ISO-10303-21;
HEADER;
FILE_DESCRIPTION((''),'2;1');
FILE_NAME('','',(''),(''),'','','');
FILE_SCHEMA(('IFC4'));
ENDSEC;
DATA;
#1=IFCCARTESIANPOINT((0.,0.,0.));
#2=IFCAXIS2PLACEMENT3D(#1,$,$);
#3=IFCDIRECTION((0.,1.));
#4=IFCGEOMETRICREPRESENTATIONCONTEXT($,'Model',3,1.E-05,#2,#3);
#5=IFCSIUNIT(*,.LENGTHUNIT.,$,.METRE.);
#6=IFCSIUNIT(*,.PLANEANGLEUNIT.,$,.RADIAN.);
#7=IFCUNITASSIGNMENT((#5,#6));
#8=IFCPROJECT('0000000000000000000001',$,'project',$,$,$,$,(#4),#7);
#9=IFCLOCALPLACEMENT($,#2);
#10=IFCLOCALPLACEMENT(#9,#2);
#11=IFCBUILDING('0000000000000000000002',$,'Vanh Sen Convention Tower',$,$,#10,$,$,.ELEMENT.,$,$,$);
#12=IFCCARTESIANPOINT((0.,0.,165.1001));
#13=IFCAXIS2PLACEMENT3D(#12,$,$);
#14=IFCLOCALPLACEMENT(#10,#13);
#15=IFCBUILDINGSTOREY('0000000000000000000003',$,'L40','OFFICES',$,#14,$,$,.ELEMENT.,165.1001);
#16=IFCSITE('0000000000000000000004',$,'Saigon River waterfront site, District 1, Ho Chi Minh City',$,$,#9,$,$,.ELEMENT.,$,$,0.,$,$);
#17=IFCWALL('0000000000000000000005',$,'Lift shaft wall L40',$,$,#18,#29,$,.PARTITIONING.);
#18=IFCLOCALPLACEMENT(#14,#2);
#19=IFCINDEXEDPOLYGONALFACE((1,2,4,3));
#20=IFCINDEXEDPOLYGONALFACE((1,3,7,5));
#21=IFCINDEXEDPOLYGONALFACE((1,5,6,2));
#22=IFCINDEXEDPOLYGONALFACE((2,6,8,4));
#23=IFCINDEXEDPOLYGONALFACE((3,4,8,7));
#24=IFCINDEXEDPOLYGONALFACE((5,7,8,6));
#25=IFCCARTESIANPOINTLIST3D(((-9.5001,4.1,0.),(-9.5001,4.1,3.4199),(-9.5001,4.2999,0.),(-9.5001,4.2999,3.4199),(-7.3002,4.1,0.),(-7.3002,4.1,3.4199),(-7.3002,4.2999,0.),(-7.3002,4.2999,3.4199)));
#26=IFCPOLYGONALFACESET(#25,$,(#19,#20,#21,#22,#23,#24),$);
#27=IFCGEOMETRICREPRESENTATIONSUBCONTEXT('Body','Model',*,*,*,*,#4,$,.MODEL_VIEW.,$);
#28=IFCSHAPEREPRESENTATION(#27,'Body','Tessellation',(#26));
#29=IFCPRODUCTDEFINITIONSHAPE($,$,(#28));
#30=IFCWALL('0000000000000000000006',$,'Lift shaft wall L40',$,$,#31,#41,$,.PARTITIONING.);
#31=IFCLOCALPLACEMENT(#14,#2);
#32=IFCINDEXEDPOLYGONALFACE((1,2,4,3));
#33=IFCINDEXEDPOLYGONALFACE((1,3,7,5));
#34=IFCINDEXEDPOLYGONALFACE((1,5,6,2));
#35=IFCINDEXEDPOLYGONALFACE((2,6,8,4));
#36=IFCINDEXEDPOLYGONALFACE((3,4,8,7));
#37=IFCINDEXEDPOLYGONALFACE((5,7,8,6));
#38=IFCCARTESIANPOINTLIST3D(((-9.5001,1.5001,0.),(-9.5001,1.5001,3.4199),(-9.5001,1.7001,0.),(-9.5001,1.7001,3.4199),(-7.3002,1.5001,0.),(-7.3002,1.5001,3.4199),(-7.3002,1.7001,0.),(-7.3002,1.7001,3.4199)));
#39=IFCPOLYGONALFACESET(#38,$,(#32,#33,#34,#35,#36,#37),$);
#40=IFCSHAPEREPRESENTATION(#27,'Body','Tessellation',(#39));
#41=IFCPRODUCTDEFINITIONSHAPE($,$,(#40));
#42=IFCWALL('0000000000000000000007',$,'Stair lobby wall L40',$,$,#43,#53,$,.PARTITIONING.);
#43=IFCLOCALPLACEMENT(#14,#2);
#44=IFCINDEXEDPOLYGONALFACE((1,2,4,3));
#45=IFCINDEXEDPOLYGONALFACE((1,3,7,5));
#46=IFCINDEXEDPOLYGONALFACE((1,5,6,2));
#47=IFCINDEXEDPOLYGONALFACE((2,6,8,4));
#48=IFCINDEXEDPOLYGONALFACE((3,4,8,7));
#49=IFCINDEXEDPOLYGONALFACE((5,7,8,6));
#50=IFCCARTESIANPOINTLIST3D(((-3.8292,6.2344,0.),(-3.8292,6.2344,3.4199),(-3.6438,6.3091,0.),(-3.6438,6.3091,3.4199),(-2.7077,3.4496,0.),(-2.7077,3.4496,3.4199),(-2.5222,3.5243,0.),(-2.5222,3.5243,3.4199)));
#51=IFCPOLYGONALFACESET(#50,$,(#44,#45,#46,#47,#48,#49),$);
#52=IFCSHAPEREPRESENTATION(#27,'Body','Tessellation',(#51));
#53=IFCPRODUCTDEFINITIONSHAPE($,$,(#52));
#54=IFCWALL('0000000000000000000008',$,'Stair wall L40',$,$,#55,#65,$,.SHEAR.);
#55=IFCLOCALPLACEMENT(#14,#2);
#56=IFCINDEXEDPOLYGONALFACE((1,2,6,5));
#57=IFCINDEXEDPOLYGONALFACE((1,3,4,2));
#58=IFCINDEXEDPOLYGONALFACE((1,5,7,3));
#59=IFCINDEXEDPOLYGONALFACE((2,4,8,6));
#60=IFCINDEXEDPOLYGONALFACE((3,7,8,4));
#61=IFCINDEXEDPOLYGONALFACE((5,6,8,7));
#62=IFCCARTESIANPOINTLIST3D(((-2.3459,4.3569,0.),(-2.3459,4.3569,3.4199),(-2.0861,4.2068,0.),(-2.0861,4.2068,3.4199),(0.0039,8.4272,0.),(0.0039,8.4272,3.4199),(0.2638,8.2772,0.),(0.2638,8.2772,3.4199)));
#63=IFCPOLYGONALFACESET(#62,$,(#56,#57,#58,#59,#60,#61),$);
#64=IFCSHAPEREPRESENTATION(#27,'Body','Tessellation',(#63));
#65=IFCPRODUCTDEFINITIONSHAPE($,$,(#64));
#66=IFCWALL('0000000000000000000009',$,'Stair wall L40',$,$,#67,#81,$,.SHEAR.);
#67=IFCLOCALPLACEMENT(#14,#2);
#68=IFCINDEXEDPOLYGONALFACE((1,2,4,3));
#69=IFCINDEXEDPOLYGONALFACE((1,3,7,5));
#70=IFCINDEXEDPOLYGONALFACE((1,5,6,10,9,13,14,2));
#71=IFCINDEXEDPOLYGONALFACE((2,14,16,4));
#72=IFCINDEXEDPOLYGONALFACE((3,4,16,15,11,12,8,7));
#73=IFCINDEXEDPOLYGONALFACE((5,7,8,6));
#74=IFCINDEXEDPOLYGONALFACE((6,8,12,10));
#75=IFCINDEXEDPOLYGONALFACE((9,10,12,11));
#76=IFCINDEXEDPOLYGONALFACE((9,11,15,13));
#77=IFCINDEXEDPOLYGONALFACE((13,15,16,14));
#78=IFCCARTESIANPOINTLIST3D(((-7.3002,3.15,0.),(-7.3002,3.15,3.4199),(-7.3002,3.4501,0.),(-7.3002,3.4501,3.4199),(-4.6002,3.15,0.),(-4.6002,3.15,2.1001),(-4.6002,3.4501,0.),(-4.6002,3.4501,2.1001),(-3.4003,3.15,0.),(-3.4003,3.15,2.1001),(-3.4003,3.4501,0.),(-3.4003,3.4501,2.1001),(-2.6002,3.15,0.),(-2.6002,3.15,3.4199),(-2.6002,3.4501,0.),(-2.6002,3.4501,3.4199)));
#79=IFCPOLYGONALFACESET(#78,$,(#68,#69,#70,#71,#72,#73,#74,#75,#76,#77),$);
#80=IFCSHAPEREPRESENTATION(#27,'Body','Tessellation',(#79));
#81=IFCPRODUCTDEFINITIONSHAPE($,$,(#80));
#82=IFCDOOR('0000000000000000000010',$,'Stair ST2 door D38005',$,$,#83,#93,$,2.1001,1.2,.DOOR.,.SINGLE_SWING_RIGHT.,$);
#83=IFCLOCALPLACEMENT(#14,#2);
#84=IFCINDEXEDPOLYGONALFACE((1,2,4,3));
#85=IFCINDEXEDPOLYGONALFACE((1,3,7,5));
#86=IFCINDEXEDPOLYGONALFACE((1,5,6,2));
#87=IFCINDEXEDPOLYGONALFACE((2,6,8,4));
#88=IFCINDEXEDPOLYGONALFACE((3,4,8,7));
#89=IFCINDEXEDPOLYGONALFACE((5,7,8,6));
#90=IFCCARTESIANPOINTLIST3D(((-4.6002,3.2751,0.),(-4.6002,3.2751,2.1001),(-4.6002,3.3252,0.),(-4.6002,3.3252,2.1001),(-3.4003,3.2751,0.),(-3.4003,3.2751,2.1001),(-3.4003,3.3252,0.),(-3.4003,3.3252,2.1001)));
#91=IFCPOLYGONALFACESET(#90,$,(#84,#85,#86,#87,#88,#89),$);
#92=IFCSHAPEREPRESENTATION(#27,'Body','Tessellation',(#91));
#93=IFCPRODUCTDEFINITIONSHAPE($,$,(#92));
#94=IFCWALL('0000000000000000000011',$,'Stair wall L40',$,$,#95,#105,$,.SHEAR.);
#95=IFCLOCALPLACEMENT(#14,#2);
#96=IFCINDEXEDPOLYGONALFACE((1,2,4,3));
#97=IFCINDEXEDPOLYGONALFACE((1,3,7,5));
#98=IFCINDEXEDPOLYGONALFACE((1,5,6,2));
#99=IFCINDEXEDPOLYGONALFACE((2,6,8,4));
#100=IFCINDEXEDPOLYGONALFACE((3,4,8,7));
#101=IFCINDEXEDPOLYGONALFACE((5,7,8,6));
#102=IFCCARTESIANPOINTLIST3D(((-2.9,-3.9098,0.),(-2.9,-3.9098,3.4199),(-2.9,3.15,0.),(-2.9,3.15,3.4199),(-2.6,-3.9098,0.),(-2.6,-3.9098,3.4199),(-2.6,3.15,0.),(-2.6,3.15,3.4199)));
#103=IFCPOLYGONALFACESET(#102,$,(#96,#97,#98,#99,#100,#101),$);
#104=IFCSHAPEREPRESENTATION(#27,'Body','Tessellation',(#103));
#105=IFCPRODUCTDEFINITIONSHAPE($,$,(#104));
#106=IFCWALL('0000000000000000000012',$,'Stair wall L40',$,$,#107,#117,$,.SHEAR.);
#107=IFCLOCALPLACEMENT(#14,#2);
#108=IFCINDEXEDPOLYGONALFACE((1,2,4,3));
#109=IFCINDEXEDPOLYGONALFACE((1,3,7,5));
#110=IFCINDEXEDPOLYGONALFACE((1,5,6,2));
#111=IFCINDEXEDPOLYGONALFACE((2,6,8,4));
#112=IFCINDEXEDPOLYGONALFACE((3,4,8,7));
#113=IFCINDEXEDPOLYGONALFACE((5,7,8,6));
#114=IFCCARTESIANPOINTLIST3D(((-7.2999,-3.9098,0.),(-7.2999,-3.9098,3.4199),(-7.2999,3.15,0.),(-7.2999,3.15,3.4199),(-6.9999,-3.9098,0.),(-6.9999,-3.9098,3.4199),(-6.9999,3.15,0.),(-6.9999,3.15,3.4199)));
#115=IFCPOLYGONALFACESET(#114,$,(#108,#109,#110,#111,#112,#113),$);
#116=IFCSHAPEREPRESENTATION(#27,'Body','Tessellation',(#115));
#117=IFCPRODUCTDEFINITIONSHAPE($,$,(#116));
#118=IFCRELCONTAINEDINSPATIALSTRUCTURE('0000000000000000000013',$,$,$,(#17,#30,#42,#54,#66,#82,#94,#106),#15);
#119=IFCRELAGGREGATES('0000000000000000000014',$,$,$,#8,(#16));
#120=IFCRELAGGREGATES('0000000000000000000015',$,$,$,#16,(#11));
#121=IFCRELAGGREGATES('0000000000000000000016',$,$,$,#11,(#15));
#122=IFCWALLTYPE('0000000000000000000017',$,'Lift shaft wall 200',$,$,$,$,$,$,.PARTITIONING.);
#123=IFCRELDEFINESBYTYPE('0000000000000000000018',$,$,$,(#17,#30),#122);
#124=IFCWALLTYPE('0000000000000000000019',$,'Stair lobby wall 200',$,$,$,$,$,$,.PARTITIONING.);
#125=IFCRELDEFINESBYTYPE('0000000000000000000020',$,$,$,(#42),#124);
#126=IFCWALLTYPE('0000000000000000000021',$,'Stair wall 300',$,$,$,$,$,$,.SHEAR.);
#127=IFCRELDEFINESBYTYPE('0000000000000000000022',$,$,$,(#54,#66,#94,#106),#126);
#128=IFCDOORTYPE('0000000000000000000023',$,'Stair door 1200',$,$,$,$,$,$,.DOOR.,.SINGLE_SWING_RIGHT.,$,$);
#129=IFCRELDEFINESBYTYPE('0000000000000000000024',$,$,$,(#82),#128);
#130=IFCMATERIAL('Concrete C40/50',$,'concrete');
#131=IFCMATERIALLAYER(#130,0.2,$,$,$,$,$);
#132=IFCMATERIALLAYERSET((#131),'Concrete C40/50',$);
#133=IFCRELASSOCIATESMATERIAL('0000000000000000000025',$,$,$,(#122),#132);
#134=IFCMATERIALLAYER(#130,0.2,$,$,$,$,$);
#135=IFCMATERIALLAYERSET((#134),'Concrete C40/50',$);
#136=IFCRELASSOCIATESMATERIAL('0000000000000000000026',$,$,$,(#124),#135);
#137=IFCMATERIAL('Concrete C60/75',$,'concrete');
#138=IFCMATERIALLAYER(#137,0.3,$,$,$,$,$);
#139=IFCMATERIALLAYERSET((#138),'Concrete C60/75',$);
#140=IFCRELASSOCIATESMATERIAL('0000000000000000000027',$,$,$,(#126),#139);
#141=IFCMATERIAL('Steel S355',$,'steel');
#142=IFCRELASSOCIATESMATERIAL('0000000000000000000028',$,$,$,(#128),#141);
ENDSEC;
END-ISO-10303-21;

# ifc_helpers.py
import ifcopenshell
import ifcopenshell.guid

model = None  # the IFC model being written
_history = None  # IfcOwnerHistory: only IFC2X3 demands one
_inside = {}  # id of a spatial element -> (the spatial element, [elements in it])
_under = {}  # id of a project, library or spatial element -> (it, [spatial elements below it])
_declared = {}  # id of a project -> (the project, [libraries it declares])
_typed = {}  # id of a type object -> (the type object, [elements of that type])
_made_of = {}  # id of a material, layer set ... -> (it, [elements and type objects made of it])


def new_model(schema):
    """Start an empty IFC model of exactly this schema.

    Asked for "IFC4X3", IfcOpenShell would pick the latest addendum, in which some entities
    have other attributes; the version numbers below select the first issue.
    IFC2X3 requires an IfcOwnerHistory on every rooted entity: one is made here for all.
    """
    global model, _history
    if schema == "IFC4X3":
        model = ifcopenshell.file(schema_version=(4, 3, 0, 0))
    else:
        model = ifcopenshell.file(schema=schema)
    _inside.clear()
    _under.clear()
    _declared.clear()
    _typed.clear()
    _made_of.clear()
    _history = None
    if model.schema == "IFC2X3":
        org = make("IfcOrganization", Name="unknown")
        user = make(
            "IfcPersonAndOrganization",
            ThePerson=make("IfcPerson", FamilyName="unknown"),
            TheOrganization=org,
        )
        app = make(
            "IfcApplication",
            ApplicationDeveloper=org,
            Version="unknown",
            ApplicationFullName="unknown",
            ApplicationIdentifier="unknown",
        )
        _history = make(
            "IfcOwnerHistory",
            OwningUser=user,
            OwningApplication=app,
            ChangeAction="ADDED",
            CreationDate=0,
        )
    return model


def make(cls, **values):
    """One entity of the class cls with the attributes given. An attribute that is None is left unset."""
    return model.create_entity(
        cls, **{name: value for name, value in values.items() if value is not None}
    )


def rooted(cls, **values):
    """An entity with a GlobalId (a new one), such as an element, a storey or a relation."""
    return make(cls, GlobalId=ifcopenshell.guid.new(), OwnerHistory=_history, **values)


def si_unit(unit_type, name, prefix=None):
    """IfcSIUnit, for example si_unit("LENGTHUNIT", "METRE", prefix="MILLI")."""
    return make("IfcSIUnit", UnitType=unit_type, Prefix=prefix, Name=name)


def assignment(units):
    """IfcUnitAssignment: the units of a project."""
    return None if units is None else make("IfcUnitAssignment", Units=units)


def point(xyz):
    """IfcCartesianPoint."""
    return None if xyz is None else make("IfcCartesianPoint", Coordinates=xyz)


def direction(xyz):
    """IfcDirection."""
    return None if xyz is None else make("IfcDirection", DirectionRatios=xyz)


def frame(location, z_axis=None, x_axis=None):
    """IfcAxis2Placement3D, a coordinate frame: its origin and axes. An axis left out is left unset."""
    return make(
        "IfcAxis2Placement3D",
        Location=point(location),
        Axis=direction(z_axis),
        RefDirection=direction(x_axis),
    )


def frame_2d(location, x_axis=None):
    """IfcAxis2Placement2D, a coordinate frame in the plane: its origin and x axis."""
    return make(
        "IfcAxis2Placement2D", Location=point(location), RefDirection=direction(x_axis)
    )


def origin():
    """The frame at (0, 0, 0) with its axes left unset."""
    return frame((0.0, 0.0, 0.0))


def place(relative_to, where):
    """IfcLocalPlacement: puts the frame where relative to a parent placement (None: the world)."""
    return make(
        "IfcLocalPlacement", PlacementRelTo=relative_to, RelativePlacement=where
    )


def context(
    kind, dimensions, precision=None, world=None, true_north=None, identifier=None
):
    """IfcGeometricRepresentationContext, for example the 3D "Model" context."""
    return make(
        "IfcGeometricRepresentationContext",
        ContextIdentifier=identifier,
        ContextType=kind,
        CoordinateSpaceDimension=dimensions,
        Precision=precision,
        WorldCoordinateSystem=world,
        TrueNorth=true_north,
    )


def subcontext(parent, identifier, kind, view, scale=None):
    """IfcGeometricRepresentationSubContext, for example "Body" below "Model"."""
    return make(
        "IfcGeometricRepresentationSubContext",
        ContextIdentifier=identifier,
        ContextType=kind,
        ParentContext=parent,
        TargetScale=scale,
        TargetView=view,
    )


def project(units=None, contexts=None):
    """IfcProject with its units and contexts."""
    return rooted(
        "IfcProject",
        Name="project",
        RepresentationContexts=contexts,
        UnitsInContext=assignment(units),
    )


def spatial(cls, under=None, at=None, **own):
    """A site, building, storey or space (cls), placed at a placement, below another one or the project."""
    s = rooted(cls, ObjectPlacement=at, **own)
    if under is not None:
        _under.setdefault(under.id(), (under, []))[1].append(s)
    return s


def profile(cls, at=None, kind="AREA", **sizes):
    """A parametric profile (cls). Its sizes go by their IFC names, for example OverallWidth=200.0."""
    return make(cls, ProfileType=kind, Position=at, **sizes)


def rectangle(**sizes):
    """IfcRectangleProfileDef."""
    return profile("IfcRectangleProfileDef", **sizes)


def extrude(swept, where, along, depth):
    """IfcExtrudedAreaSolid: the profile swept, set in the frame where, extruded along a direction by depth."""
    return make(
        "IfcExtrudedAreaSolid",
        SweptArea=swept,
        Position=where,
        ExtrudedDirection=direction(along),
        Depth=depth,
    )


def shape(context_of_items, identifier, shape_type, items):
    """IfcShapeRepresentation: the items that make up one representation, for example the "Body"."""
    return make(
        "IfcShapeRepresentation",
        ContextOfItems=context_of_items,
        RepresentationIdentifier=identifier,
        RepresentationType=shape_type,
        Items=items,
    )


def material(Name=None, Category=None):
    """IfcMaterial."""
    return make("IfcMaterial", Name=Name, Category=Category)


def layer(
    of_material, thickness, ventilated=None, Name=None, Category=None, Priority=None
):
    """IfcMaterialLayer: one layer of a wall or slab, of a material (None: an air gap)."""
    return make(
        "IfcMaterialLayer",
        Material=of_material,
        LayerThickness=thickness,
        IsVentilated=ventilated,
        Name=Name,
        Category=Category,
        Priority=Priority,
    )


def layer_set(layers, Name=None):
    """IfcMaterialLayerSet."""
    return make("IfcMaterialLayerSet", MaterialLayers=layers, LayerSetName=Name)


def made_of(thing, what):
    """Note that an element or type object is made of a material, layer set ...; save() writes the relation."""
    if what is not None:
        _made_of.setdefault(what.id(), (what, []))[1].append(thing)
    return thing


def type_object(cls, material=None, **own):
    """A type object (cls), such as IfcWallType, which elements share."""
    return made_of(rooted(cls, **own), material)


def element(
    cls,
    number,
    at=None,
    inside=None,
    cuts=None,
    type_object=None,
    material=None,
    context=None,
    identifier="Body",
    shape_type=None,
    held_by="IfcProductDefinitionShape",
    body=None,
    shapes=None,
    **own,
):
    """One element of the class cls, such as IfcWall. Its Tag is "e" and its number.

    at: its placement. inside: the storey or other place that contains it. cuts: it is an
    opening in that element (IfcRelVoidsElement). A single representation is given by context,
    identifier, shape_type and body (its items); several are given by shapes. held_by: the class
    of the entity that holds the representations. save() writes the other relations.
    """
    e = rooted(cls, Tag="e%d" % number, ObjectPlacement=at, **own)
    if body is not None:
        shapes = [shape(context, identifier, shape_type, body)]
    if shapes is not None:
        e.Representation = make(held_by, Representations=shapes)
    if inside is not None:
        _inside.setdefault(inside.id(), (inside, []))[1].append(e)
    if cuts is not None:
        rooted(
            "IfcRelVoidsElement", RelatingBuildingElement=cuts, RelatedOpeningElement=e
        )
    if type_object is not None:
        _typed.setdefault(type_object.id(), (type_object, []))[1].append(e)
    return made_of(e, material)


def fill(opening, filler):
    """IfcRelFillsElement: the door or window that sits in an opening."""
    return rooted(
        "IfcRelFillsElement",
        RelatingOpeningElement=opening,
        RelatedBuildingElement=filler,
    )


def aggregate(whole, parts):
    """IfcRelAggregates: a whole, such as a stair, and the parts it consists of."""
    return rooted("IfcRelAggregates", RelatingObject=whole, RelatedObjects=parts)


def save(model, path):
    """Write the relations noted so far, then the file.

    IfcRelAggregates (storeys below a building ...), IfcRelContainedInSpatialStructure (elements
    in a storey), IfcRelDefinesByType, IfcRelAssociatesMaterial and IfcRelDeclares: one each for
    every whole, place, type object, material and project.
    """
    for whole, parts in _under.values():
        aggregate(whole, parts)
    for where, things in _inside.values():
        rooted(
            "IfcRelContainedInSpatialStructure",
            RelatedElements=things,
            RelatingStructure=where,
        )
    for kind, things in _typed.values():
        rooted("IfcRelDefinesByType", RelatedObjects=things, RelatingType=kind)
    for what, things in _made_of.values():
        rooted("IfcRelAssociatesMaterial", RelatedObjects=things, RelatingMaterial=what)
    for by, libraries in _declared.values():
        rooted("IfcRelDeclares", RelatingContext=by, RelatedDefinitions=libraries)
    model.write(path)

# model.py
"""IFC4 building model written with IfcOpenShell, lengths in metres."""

from ifc_helpers import new_model, si_unit, direction, frame, frame_2d, origin, place, context, subcontext, project, spatial, rectangle, extrude, material, layer, layer_set, type_object, element, fill, save


model = new_model("IFC4")

# Units and contexts
model_context = context("Model", 3, precision=1e-05, world=origin(), true_north=direction((0.0, 1.0)))
body_context = subcontext(model_context, "Body", "Model", "MODEL_VIEW")
ifc_project = project(units=[si_unit("LENGTHUNIT", "METRE"), si_unit("PLANEANGLEUNIT", "RADIAN")], contexts=[model_context])

# Site, building, storey
site_placement = place(None, origin())
site = spatial("IfcSite", under=ifc_project, at=site_placement, Name="Saigon River waterfront site, District 1, Ho Chi Minh City", CompositionType="ELEMENT", RefElevation=0.0)
building_placement = place(site_placement, origin())
building = spatial("IfcBuilding", under=site, at=building_placement, Name="Vanh Sen Convention Tower", CompositionType="ELEMENT")
storey_placement = place(building_placement, frame((0.0, 0.0, 165.1001)))
storey = spatial("IfcBuildingStorey", under=building, at=storey_placement, Name="L40", Description="OFFICES", CompositionType="ELEMENT", Elevation=165.1001)

# Shared definitions
ifc_material_1 = material(Name="Concrete C60/75", Category="concrete")

# Walls
ifc_material_2 = material(Name="Concrete C40/50", Category="concrete")
ifc_layer_1 = layer(ifc_material_2, 0.2)
ifc_layer_set_1 = layer_set([ifc_layer_1], Name="Concrete C40/50")
wall_type_1 = type_object("IfcWallType", Name="Lift shaft wall 200", PredefinedType="PARTITIONING", material=ifc_layer_set_1)
for number, where, z_axis, x_axis, name in (
    (1, (-7.3, 4.2, 0.0), (0.0, 0.0, 1.0), (-1.0, 0.0, 0.0), "Lift shaft wall L40"),
    (2, (-7.3, 1.6001, 0.0), (0.0, 0.0, 1.0), (-1.0, 0.0, 0.0), "Lift shaft wall L40"),
):
    element("IfcWall", number, at=place(storey_placement, frame(where, z_axis=z_axis, x_axis=x_axis)), inside=storey, type_object=wall_type_1, Name=name, PredefinedType="PARTITIONING", context=body_context, shape_type="SweptSolid", body=[
        extrude(rectangle(XDim=2.2, YDim=0.2, at=frame_2d((1.1001, 0.0))), origin(), (0.0, 0.0, 1.0), 3.4199),
    ])
ifc_layer_2 = layer(ifc_material_2, 0.2)
ifc_layer_set_2 = layer_set([ifc_layer_2], Name="Concrete C40/50")
wall_type_2 = type_object("IfcWallType", Name="Stair lobby wall 200", PredefinedType="PARTITIONING", material=ifc_layer_set_2)
wall_1_placement = place(storey_placement, frame((-2.615, 3.4871, 0.0), z_axis=(0.0, 0.0, 1.0), x_axis=(-0.373577, 0.927599, 0.0)))
element("IfcWall", 3, at=wall_1_placement, inside=storey, type_object=wall_type_2, Name="Stair lobby wall L40", PredefinedType="PARTITIONING", context=body_context, shape_type="SweptSolid", body=[
    extrude(rectangle(XDim=3.0022, YDim=0.2, at=frame_2d((1.501, 0.0))), origin(), (0.0, 0.0, 1.0), 3.4199),
])
ifc_layer_3 = layer(ifc_material_1, 0.3)
ifc_layer_set_3 = layer_set([ifc_layer_3], Name="Concrete C60/75")
wall_type_3 = type_object("IfcWallType", Name="Stair wall 300", PredefinedType="SHEAR", material=ifc_layer_set_3)
wall_2_placement = place(storey_placement, frame((-2.2161, 4.2817, 0.0), z_axis=(0.0, 0.0, 1.0), x_axis=(0.499977, 0.866039, 0.0)))
element("IfcWall", 4, at=wall_2_placement, inside=storey, type_object=wall_type_3, Name="Stair wall L40", PredefinedType="SHEAR", context=body_context, shape_type="SweptSolid", body=[
    extrude(rectangle(XDim=4.7, YDim=0.3, at=frame_2d((2.3501, 0.0))), origin(), (0.0, 0.0, 1.0), 3.4199),
])

# Wall, opening, door
wall_3_placement = place(storey_placement, frame((-2.6001, 3.3, 0.0), z_axis=(0.0, 0.0, 1.0), x_axis=(-1.0, 0.0, 0.0)))
wall_3 = element("IfcWall", 5, at=wall_3_placement, inside=storey, type_object=wall_type_3, Name="Stair wall L40", PredefinedType="SHEAR", context=body_context, shape_type="SweptSolid", body=[
    extrude(rectangle(XDim=4.7, YDim=0.3, at=frame_2d((2.3501, 0.0))), origin(), (0.0, 0.0, 1.0), 3.4199),
])
opening_1_placement = place(wall_3_placement, frame((0.8, 0.0, 0.0)))
opening_1 = element("IfcOpeningElement", 6, at=opening_1_placement, cuts=wall_3, PredefinedType="OPENING", context=body_context, shape_type="SweptSolid", body=[
    extrude(rectangle(XDim=1.2, YDim=2.1001, at=frame_2d((0.6001, 1.05))), frame((0.0, 0.1599, 0.0), z_axis=(0.0, -1.0, 0.0), x_axis=(1.0, 0.0, 0.0)), (0.0, 0.0, 1.0), 0.3201),
])
ifc_material_3 = material(Name="Steel S355", Category="steel")
door_type_1 = type_object("IfcDoorType", Name="Stair door 1200", OperationType="SINGLE_SWING_RIGHT", PredefinedType="DOOR", material=ifc_material_3)
door_1_placement = place(opening_1_placement, origin())
door_1 = element("IfcDoor", 7, at=door_1_placement, inside=storey, type_object=door_type_1, Name="Stair ST2 door D38005", OperationType="SINGLE_SWING_RIGHT", OverallHeight=2.1001, OverallWidth=1.2, PredefinedType="DOOR", context=body_context, shape_type="SweptSolid", body=[
    extrude(rectangle(XDim=1.2, YDim=2.1001, at=frame_2d((0.6001, 1.05))), frame((0.0, 0.0249, 0.0), z_axis=(0.0, -1.0, 0.0), x_axis=(1.0, 0.0, 0.0)), (0.0, 0.0, 1.0), 0.05),
])
fill(opening_1, door_1)

# Walls
for number, where, z_axis, x_axis, name in (
    (8, (-2.75, 3.1499, 0.0), (0.0, 0.0, 1.0), (0.0, -1.0, 0.0), "Stair wall L40"),
    (9, (-7.1499, 3.1499, 0.0), (0.0, 0.0, 1.0), (0.0, -1.0, 0.0), "Stair wall L40"),
):
    element("IfcWall", number, at=place(storey_placement, frame(where, z_axis=z_axis, x_axis=x_axis)), inside=storey, type_object=wall_type_3, Name=name, PredefinedType="SHEAR", context=body_context, shape_type="SweptSolid", body=[
        extrude(rectangle(XDim=7.0598, YDim=0.3, at=frame_2d((3.5298, 0.0))), origin(), (0.0, 0.0, 1.0), 3.4199),
    ])

save(model, "model.ifc")
